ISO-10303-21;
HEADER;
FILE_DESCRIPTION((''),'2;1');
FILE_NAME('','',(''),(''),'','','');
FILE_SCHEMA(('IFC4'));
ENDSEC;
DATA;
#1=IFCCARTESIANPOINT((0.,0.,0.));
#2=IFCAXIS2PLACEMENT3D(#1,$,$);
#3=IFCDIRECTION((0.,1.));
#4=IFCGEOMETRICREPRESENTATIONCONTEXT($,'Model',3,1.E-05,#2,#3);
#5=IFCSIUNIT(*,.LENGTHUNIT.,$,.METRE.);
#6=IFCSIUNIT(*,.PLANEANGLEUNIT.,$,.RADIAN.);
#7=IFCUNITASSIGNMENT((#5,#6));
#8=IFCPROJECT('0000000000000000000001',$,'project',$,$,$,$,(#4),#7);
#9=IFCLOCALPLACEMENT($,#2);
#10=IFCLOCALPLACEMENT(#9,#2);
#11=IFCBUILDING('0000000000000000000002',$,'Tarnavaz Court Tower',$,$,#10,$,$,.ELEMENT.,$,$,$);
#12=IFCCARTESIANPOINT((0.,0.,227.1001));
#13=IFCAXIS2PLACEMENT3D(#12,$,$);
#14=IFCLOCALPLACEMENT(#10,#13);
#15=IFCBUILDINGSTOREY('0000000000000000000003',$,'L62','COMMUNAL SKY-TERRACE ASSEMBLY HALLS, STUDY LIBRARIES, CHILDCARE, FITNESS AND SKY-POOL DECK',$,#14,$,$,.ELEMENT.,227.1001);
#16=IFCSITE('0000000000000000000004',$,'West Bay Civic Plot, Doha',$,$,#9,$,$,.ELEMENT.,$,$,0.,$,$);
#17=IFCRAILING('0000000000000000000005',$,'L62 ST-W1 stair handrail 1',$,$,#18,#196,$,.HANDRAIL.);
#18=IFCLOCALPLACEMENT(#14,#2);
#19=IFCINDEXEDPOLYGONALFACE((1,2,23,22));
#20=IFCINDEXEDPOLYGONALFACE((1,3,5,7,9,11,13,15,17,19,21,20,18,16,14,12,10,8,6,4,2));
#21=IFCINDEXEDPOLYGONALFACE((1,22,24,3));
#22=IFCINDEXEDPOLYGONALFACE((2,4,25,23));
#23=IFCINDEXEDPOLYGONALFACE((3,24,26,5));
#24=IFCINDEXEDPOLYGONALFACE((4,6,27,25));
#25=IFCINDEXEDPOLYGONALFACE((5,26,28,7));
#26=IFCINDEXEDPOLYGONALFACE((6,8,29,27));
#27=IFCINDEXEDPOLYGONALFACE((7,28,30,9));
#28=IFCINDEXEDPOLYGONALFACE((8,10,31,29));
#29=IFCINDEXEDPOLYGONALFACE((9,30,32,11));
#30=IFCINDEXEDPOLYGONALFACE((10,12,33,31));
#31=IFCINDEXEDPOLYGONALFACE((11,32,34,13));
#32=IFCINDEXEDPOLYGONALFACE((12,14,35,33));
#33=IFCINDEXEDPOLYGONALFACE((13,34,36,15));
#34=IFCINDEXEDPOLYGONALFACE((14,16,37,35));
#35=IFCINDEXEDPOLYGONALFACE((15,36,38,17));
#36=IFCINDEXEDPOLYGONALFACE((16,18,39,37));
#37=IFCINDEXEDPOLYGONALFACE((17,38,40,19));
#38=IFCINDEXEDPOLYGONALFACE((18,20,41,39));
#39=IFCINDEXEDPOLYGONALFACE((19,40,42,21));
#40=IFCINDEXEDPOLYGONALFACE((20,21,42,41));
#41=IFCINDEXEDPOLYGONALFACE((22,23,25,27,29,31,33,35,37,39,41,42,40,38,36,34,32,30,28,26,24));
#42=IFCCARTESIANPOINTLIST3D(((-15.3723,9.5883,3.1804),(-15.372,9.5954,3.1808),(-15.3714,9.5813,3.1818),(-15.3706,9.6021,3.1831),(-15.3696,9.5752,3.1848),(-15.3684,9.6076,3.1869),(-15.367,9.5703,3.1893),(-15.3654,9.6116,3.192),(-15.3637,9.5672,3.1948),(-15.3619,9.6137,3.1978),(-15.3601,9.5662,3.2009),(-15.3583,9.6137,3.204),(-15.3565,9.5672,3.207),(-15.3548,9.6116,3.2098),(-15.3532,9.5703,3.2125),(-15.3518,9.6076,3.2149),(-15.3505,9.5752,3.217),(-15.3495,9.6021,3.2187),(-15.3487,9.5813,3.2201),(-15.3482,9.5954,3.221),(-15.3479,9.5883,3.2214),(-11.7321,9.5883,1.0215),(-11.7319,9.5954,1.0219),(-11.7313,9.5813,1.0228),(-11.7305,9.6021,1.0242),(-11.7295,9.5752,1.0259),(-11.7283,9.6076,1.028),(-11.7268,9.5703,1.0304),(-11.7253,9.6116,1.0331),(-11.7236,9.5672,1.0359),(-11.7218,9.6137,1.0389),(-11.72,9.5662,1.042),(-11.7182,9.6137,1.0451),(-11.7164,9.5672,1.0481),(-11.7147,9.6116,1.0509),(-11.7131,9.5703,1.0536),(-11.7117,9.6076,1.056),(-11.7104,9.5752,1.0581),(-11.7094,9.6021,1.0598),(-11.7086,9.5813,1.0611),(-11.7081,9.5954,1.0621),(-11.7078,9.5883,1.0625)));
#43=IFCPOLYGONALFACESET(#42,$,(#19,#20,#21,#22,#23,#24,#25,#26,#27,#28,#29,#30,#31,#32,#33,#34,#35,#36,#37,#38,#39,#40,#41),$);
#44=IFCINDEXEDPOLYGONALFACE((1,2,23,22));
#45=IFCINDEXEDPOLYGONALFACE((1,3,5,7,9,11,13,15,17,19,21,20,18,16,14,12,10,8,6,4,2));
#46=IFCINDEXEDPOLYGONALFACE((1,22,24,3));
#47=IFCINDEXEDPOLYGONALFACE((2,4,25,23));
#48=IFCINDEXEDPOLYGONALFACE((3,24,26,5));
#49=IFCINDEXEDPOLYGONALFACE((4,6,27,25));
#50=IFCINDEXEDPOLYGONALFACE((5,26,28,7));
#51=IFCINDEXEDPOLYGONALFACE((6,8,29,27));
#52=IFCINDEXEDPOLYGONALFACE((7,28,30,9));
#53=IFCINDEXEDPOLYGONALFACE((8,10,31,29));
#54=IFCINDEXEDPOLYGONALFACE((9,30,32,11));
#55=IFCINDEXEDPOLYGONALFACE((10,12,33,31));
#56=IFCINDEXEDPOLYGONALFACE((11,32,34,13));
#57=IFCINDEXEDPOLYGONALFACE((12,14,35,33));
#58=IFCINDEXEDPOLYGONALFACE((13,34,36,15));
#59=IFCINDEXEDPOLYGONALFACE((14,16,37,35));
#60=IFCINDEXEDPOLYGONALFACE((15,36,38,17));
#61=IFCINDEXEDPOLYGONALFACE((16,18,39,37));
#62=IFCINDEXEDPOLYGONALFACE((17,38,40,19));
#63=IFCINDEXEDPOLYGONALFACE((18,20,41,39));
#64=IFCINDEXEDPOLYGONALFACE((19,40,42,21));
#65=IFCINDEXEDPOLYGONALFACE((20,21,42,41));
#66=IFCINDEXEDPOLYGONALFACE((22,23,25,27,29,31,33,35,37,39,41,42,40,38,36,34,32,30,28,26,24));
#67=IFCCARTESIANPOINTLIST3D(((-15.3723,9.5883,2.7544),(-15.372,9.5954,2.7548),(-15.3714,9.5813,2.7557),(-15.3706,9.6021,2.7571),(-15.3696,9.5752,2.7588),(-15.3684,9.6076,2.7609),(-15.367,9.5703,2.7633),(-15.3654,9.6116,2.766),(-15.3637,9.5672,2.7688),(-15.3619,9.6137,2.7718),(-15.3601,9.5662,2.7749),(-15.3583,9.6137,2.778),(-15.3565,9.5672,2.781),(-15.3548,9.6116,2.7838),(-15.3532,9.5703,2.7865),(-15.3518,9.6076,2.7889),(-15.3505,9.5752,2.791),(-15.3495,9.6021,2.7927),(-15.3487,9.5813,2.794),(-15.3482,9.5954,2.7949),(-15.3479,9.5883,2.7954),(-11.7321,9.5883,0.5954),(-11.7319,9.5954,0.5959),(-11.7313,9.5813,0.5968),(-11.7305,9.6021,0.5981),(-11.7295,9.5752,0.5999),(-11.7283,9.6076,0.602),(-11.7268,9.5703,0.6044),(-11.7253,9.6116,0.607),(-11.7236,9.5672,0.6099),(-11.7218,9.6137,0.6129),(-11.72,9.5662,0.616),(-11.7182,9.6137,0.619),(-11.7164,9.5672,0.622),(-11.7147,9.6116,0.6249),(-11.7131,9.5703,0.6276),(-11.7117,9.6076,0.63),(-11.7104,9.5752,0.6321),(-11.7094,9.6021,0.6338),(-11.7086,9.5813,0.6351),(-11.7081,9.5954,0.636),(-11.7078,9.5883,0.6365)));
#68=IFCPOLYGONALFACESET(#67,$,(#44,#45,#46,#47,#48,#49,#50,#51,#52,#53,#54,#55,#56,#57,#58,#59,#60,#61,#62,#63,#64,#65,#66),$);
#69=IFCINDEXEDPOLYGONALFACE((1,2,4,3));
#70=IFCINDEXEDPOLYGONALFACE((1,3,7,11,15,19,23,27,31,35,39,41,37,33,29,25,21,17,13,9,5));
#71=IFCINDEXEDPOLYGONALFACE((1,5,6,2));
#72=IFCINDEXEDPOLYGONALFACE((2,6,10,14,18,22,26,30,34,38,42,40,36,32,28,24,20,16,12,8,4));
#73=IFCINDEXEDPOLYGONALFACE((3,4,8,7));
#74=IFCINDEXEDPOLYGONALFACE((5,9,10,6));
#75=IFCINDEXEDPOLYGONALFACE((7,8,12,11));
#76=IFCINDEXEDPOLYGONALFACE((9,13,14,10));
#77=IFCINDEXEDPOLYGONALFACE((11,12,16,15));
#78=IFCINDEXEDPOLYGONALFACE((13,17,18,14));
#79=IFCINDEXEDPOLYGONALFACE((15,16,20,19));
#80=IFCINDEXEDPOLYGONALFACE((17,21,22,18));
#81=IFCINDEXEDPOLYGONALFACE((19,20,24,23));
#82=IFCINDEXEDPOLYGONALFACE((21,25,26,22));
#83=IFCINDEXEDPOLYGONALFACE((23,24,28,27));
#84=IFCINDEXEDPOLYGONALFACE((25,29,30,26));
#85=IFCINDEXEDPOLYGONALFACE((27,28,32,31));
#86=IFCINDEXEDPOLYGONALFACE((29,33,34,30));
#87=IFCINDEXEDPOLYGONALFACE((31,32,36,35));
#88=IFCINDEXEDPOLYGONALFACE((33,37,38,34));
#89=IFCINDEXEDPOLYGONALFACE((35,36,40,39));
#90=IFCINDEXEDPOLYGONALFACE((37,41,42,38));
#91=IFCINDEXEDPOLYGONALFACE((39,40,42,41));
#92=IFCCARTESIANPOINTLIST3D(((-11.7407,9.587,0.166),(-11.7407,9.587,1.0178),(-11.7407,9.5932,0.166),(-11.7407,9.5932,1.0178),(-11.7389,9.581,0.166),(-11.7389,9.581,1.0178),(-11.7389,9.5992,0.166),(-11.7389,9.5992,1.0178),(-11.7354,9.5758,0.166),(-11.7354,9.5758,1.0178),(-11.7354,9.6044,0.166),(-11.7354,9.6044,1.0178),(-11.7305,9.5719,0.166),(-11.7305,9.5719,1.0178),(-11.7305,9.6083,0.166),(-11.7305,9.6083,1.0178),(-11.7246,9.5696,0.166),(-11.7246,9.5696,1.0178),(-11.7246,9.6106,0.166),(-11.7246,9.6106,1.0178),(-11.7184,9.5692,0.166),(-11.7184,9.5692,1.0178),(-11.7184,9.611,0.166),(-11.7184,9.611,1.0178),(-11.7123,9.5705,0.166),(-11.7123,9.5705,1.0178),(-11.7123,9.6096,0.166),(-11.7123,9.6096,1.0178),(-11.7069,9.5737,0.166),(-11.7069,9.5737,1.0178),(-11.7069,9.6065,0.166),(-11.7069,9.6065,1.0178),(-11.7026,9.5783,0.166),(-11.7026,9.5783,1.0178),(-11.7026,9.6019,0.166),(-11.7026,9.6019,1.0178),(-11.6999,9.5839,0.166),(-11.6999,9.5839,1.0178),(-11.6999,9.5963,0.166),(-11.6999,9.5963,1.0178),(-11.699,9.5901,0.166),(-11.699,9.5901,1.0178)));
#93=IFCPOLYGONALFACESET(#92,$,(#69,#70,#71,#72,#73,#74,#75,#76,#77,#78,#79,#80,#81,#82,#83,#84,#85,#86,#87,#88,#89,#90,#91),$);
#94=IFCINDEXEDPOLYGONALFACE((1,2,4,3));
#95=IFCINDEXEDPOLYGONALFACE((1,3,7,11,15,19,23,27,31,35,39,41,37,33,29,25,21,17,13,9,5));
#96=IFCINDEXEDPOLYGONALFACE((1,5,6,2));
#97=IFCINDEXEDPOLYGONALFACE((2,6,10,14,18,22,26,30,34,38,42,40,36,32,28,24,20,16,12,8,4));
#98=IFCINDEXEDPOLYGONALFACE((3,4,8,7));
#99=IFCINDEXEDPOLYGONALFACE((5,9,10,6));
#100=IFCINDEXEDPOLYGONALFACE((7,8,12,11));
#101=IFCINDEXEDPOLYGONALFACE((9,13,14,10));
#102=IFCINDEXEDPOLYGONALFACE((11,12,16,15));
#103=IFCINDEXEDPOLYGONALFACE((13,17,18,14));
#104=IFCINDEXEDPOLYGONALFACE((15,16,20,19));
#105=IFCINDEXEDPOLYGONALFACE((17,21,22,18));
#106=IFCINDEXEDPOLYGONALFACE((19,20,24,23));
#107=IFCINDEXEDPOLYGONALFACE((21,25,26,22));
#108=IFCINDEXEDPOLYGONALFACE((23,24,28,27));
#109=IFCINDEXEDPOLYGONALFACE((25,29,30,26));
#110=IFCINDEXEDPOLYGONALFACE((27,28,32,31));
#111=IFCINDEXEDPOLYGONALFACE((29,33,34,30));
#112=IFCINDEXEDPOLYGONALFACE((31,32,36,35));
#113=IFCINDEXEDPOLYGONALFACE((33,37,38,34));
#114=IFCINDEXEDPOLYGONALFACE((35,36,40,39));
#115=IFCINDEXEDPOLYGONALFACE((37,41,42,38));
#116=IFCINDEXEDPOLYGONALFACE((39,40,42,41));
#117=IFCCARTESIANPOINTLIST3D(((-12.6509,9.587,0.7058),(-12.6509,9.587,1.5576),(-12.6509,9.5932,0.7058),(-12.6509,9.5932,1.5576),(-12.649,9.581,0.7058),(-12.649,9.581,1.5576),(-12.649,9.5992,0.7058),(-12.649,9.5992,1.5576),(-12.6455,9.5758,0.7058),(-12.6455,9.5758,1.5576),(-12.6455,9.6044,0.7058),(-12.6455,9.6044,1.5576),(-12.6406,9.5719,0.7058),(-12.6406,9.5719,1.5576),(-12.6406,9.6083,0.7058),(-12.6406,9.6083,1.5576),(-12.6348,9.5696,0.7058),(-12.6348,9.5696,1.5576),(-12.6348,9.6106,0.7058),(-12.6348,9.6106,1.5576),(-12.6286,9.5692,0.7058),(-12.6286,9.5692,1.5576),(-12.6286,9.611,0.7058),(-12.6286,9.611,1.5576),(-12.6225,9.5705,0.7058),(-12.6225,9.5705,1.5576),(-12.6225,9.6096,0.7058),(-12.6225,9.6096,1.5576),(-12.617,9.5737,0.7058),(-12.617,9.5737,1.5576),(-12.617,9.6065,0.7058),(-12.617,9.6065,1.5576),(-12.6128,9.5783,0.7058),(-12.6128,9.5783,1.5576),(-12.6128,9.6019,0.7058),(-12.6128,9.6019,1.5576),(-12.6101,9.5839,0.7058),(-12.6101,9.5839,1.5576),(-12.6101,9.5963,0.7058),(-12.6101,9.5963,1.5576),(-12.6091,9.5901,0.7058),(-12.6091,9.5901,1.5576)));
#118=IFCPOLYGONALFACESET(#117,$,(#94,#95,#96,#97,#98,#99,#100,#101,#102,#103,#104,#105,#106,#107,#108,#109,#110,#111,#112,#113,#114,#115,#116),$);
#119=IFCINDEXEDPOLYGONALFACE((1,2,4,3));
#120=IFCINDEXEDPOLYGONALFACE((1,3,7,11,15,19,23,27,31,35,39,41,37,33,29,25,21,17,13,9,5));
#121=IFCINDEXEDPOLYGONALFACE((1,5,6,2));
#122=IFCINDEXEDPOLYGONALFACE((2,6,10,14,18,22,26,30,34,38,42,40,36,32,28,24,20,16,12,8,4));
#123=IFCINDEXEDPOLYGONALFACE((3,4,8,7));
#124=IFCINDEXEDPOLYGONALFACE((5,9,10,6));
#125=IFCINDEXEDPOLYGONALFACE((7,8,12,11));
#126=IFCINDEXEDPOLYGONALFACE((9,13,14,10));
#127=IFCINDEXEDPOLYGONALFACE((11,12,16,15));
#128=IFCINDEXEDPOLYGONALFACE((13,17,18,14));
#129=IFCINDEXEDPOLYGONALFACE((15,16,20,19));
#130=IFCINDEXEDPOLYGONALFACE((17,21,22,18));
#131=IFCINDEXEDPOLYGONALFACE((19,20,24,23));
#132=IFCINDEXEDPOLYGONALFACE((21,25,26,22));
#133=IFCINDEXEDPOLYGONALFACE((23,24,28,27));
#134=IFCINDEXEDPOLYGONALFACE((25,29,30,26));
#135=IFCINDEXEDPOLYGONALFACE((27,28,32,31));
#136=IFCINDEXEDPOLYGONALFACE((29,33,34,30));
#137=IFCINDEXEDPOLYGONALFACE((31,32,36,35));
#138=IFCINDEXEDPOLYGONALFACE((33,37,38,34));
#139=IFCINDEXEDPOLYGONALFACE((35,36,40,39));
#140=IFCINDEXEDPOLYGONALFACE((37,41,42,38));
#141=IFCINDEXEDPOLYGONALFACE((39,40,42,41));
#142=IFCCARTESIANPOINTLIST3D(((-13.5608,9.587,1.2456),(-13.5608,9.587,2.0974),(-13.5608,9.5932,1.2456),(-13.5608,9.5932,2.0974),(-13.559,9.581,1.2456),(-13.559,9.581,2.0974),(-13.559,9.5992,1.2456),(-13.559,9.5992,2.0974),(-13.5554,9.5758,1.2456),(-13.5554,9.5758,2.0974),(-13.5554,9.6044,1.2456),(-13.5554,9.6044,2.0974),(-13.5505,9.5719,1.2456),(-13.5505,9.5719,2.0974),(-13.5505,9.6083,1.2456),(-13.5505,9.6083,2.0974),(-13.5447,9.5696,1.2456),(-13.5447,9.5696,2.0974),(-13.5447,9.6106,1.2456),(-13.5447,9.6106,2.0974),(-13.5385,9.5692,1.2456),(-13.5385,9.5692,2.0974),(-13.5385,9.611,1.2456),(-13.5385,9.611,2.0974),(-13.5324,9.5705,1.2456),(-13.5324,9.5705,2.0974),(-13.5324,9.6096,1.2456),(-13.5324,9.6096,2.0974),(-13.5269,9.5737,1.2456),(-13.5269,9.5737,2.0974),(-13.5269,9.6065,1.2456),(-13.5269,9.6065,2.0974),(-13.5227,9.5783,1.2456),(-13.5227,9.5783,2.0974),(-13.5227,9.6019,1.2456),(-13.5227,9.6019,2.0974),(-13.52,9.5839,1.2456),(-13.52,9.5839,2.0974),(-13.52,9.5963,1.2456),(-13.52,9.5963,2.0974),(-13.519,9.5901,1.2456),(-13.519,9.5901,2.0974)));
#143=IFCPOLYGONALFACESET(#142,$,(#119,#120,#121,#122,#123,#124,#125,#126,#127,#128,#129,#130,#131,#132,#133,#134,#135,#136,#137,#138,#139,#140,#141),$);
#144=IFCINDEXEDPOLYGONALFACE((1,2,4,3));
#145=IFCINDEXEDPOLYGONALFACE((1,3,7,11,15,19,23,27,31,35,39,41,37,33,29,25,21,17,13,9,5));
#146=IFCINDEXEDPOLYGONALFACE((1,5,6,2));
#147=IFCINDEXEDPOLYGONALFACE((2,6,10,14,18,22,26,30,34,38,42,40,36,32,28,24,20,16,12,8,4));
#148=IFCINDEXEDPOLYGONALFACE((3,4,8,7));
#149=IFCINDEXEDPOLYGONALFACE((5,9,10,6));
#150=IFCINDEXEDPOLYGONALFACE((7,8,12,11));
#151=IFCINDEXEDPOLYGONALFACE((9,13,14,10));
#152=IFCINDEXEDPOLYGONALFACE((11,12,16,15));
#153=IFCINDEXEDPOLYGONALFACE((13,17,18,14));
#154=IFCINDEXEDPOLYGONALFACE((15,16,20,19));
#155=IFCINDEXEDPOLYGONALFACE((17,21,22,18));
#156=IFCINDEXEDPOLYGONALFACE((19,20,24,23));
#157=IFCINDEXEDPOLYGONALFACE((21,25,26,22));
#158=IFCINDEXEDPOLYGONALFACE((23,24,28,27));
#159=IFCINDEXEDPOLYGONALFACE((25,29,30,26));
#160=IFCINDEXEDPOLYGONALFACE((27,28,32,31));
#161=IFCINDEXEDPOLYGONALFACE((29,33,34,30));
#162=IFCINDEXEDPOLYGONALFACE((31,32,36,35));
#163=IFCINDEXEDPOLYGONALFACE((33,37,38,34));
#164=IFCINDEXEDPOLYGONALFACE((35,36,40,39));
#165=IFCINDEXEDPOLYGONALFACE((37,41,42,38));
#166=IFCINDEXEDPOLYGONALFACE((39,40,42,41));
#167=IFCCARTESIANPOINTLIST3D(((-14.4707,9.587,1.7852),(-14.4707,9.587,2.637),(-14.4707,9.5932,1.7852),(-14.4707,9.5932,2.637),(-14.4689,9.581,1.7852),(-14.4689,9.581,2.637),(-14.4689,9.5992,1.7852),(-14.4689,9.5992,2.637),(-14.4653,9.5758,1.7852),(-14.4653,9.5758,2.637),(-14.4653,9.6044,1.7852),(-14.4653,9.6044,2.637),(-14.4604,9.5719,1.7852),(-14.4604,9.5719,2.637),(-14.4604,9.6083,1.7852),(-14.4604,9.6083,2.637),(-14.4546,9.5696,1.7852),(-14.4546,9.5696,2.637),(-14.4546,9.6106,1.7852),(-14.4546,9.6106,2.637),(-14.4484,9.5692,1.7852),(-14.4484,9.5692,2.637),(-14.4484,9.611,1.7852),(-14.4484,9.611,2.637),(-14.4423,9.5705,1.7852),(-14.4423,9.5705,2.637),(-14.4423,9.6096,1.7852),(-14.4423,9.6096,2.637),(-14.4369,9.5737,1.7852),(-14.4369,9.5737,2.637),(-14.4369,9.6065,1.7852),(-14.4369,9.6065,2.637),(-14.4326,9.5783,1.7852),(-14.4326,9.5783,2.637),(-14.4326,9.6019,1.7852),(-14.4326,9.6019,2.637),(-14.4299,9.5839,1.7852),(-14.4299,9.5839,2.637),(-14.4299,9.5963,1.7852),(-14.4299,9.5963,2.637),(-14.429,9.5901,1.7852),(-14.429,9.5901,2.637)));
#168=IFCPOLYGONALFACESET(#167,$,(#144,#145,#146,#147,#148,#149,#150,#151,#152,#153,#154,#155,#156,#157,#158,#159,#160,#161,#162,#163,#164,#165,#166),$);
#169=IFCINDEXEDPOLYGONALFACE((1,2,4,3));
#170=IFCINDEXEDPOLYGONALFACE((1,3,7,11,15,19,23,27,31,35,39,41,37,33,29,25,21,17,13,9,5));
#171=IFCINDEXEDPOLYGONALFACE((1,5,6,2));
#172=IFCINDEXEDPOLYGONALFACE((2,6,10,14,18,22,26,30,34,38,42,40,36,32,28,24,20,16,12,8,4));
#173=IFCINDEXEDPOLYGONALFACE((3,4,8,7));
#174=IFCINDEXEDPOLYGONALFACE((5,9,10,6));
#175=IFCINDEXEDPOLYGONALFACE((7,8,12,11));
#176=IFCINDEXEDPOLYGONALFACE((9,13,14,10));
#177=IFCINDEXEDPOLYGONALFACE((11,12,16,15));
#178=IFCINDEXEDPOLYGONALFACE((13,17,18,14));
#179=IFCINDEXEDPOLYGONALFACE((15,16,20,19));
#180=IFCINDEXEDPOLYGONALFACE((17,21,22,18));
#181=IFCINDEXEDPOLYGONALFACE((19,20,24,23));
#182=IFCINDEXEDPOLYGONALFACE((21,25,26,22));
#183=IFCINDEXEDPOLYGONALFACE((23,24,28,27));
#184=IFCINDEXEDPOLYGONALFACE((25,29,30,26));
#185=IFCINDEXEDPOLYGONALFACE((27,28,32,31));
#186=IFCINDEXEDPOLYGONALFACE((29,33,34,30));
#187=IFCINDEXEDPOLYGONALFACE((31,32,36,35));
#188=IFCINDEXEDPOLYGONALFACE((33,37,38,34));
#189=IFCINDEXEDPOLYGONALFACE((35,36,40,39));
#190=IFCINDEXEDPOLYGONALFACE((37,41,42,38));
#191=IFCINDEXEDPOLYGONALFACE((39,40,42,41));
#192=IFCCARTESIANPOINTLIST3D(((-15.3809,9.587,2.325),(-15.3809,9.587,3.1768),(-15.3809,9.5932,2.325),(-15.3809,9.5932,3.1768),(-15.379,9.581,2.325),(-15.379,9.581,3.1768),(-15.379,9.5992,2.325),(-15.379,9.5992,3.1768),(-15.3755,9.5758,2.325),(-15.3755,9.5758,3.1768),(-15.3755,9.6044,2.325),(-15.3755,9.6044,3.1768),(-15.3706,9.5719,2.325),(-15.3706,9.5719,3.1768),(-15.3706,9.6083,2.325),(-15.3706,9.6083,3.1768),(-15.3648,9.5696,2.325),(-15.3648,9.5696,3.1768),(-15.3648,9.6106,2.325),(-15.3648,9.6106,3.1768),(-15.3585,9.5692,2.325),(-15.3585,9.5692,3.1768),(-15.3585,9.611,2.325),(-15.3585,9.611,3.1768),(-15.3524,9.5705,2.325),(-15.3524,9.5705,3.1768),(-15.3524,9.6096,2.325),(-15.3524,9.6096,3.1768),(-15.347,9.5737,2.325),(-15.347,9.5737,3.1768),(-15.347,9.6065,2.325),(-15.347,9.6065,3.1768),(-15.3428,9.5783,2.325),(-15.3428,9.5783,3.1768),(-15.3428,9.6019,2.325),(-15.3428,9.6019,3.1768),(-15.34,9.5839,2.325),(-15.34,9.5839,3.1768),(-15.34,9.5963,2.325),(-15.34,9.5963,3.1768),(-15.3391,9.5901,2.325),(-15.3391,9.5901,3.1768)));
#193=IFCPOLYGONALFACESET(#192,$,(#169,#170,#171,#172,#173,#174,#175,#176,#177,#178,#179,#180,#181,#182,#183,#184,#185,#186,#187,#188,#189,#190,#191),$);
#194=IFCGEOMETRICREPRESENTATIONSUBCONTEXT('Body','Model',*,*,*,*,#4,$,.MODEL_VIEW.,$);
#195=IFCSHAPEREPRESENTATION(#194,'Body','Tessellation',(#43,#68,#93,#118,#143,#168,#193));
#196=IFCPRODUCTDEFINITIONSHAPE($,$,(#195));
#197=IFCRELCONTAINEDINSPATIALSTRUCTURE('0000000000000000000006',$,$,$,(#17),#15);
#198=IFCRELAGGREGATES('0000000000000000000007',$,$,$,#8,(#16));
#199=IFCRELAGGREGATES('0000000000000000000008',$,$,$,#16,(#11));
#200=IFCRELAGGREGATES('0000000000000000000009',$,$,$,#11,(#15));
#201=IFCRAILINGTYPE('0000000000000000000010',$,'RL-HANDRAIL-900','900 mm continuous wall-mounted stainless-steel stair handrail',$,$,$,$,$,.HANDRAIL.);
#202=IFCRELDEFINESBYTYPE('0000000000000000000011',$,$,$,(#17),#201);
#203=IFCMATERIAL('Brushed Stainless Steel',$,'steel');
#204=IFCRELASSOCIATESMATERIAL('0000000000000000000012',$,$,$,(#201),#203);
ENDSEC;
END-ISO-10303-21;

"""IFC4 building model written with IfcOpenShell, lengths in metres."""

from ifc_helpers import new_model, si_unit, direction, frame, origin, origin_2d, place, context, subcontext, project, spatial, circle, extrude, material, type_object, element, save


model = new_model("IFC4")

# Units and contexts
model_context = context("Model", 3, precision=1e-05, world=origin(), true_north=direction((0.0, 1.0)))
body_context = subcontext(model_context, "Body", "Model", "MODEL_VIEW")
ifc_project = project(units=[si_unit("LENGTHUNIT", "METRE"), si_unit("PLANEANGLEUNIT", "RADIAN")], contexts=[model_context])

# Site, building, storey
site_placement = place(None, origin())
site = spatial("IfcSite", under=ifc_project, at=site_placement, Name="West Bay Civic Plot, Doha", CompositionType="ELEMENT", RefElevation=0.0)
building_placement = place(site_placement, origin())
building = spatial("IfcBuilding", under=site, at=building_placement, Name="Tarnavaz Court Tower", CompositionType="ELEMENT")
storey_placement = place(building_placement, frame((0.0, 0.0, 227.1001)))
storey = spatial("IfcBuildingStorey", under=building, at=storey_placement, Name="L62", Description="COMMUNAL SKY-TERRACE ASSEMBLY HALLS, STUDY LIBRARIES, CHILDCARE, FITNESS AND SKY-POOL DECK", CompositionType="ELEMENT", Elevation=227.1001)

# Railing
ifc_material_1 = material(Name="Brushed Stainless Steel", Category="steel")
railing_type_1 = type_object("IfcRailingType", Name="RL-HANDRAIL-900", Description="900 mm continuous wall-mounted stainless-steel stair handrail", PredefinedType="HANDRAIL", material=ifc_material_1)
railing_1_placement = place(storey_placement, frame((-11.72, 9.5901, 0.166)))
element("IfcRailing", 1, at=railing_1_placement, inside=storey, type_object=railing_type_1, Name="L62 ST-W1 stair handrail 1", PredefinedType="HANDRAIL", context=body_context, shape_type="SweptSolid", body=[
    extrude(circle(Radius=0.0239, at=origin_2d()), frame((0.0, 0.0, 0.876), z_axis=(-0.860103, 0.0, 0.51012), x_axis=(0.0, -1.0, 0.0)), (0.0, 0.0, 1.0), 4.2322),
    extrude(circle(Radius=0.0239, at=origin_2d()), frame((0.0, 0.0, 0.45), z_axis=(-0.860103, 0.0, 0.51012), x_axis=(0.0, -1.0, 0.0)), (0.0, 0.0, 1.0), 4.2322),
    extrude(circle(Radius=0.021, at=origin_2d()), origin(), (0.0, 0.0, 1.0), 0.8518),
    extrude(circle(Radius=0.021, at=origin_2d()), frame((-0.9102, 0.0, 0.5398)), (0.0, 0.0, 1.0), 0.8518),
    extrude(circle(Radius=0.021, at=origin_2d()), frame((-1.8201, 0.0, 1.0796)), (0.0, 0.0, 1.0), 0.8518),
    extrude(circle(Radius=0.021, at=origin_2d()), frame((-2.73, 0.0, 1.6191)), (0.0, 0.0, 1.0), 0.8518),
    extrude(circle(Radius=0.021, at=origin_2d()), frame((-3.6401, 0.0, 2.1589)), (0.0, 0.0, 1.0), 0.8518),
])

save(model, "model.ifc")
